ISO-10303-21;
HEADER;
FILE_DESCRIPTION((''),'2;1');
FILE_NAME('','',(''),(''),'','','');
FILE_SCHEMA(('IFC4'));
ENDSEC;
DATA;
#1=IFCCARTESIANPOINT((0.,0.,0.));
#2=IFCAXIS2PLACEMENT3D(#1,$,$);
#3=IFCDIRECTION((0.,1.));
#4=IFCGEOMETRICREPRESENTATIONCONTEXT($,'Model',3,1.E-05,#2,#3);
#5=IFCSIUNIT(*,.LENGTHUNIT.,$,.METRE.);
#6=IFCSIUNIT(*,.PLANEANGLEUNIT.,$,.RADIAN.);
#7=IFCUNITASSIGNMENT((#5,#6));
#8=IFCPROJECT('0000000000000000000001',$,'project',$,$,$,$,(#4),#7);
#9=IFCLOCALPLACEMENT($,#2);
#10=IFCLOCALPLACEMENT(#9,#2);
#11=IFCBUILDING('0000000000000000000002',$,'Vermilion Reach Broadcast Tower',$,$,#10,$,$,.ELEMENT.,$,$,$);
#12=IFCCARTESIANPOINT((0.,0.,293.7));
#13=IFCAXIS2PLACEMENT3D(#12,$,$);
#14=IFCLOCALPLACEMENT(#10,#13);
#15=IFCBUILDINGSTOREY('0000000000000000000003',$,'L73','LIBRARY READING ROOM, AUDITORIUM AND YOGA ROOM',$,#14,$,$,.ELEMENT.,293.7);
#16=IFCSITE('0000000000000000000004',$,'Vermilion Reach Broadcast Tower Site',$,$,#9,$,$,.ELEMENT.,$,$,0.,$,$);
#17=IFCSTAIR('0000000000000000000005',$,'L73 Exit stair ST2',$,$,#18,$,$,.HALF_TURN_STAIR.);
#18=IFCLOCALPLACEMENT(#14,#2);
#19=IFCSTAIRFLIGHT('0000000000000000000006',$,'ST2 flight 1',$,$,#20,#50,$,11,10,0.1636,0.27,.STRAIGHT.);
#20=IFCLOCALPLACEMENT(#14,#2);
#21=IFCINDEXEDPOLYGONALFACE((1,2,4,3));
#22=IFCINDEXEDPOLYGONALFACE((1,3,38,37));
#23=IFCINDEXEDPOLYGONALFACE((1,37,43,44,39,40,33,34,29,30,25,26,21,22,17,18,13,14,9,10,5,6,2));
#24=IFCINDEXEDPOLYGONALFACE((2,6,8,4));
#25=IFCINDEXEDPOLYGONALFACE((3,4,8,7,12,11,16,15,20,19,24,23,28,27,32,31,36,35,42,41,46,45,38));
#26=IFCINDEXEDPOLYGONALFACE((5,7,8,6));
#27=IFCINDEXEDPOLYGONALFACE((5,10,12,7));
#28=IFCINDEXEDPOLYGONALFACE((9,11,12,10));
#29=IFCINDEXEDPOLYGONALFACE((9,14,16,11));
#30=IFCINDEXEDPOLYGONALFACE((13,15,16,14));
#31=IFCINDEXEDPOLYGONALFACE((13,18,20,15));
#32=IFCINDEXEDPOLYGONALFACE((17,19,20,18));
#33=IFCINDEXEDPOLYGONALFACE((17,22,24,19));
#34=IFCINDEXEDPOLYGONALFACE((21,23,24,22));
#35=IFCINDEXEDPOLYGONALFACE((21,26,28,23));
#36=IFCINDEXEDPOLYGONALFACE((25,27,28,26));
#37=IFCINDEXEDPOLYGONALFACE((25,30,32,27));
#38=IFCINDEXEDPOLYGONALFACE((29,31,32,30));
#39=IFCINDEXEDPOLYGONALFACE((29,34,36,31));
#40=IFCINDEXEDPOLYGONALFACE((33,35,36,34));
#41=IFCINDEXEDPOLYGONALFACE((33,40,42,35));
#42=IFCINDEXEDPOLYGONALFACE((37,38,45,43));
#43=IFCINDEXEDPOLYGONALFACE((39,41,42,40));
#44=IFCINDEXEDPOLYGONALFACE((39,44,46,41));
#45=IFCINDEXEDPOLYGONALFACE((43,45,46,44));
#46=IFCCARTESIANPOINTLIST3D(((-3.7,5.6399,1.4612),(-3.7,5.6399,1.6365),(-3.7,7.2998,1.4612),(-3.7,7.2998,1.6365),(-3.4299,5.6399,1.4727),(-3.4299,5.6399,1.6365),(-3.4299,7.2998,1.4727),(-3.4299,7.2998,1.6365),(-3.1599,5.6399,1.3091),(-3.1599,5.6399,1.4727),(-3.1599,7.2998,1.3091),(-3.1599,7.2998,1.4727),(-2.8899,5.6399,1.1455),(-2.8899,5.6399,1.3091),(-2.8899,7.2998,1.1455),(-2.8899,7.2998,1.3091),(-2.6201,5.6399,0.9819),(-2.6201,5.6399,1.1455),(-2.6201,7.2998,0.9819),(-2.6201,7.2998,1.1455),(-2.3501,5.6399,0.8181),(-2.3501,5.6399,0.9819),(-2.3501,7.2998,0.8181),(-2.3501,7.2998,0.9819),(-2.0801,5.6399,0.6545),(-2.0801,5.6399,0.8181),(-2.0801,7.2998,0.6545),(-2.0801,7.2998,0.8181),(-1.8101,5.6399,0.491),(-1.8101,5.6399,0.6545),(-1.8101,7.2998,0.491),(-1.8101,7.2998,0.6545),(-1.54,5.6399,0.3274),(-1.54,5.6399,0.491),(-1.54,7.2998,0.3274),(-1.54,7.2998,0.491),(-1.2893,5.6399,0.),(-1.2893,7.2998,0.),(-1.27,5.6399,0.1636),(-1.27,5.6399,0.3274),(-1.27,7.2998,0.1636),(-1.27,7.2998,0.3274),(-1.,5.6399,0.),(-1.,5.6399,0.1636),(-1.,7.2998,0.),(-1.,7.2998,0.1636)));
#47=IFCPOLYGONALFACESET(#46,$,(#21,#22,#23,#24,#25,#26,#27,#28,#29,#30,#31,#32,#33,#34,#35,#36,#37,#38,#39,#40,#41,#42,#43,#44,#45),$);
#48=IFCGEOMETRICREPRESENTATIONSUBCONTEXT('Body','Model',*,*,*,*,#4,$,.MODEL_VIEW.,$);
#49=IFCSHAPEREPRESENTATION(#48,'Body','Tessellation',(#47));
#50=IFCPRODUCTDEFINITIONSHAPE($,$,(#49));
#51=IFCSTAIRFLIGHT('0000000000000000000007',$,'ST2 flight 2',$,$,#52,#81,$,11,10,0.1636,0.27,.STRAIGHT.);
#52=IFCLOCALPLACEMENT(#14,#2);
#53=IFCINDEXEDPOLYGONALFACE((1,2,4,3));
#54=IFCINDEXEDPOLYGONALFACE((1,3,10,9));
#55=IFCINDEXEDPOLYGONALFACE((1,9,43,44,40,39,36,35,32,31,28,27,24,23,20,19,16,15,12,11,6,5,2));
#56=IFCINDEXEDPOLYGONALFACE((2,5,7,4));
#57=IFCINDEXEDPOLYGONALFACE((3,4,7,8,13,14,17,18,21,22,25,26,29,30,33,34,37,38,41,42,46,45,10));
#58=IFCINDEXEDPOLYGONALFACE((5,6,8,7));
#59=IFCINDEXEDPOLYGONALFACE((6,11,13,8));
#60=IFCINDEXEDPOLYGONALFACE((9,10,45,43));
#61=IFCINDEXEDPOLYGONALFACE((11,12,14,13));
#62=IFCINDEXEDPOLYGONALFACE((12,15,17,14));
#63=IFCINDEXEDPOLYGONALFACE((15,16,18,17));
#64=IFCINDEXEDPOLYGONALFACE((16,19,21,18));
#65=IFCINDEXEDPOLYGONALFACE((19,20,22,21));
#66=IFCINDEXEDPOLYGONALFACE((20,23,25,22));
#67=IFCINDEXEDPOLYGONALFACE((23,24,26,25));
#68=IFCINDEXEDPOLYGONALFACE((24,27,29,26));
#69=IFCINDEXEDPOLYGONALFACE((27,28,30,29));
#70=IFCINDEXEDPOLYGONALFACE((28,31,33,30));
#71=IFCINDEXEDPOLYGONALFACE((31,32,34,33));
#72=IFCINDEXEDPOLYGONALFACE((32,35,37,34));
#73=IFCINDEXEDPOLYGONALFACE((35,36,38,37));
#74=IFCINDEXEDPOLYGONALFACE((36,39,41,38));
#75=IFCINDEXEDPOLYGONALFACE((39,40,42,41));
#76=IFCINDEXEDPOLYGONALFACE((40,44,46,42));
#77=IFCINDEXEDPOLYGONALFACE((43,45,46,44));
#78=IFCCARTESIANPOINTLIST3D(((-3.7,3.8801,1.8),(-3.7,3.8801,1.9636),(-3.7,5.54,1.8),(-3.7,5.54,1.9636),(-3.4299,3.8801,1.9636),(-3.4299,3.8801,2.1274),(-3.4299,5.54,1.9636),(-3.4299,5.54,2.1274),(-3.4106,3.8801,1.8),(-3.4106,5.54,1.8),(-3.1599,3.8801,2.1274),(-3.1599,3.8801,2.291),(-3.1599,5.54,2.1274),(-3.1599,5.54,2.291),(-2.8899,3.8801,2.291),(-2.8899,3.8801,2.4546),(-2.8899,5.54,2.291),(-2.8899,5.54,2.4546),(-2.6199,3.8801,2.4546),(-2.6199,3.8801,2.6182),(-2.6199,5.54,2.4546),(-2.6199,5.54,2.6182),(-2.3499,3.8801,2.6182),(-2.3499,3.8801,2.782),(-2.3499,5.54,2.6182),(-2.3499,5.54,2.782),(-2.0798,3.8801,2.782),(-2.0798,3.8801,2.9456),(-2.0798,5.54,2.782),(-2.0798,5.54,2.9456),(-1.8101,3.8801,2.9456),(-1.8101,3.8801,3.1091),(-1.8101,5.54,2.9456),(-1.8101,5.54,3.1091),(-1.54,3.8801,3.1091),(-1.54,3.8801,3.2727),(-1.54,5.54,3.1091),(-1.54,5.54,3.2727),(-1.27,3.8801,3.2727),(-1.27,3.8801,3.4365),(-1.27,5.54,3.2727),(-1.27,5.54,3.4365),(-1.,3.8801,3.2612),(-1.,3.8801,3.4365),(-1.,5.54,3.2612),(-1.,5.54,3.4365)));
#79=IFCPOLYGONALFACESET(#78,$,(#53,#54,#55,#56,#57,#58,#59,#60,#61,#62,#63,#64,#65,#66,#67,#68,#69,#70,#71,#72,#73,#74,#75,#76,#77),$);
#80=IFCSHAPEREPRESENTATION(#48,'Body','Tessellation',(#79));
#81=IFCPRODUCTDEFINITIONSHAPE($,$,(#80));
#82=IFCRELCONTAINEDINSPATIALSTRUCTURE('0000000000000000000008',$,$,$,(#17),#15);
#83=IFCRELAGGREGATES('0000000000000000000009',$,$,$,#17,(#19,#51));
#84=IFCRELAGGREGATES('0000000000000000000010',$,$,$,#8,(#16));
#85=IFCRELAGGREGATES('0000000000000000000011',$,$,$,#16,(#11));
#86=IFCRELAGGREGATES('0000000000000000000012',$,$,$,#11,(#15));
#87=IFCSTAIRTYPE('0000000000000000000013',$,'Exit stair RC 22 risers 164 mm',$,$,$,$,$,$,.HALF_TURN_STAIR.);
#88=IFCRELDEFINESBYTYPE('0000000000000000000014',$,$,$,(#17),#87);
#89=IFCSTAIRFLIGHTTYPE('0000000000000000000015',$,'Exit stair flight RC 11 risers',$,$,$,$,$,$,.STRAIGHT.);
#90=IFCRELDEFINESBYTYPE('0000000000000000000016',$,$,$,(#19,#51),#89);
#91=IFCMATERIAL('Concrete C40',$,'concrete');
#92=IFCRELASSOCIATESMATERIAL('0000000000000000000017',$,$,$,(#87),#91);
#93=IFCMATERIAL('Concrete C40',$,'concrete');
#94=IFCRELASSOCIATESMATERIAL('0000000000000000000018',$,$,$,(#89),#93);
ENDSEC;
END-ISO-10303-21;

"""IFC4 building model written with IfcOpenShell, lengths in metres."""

from ifc_helpers import new_model, si_unit, direction, frame, origin, place, context, subcontext, project, spatial, polyline, outline, extrude, material, type_object, element, aggregate, save


model = new_model("IFC4")

# Units and contexts
model_context = context("Model", 3, precision=1e-05, world=origin(), true_north=direction((0.0, 1.0)))
body_context = subcontext(model_context, "Body", "Model", "MODEL_VIEW")
ifc_project = project(units=[si_unit("LENGTHUNIT", "METRE"), si_unit("PLANEANGLEUNIT", "RADIAN")], contexts=[model_context])

# Site, building, storey
site_placement = place(None, origin())
site = spatial("IfcSite", under=ifc_project, at=site_placement, Name="Vermilion Reach Broadcast Tower Site", CompositionType="ELEMENT", RefElevation=0.0)
building_placement = place(site_placement, origin())
building = spatial("IfcBuilding", under=site, at=building_placement, Name="Vermilion Reach Broadcast Tower", CompositionType="ELEMENT")
storey_placement = place(building_placement, frame((0.0, 0.0, 293.7)))
storey = spatial("IfcBuildingStorey", under=building, at=storey_placement, Name="L73", Description="LIBRARY READING ROOM, AUDITORIUM AND YOGA ROOM", CompositionType="ELEMENT", Elevation=293.7)

# Stair
ifc_material_1 = material(Name="Concrete C40", Category="concrete")
stair_type = type_object("IfcStairType", Name="Exit stair RC 22 risers 164 mm", PredefinedType="HALF_TURN_STAIR", material=ifc_material_1)
placement_1 = place(storey_placement, origin())
stair_1 = element("IfcStair", 1, at=placement_1, inside=storey, type_object=stair_type, Name="L73 Exit stair ST2", PredefinedType="HALF_TURN_STAIR")

# Stair flights
ifc_material_2 = material(Name="Concrete C40", Category="concrete")
stair_flight_type = type_object("IfcStairFlightType", Name="Exit stair flight RC 11 risers", PredefinedType="STRAIGHT", material=ifc_material_2)
stair_flight_1_placement = place(storey_placement, frame((-1.0, 6.47, 0.0), z_axis=(0.0, 0.0, 1.0), x_axis=(-1.0, 0.0, 0.0)))
stair_flight_1 = element("IfcStairFlight", 2, at=stair_flight_1_placement, type_object=stair_flight_type, Name="ST2 flight 1", NumberOfRisers=11, NumberOfTreads=10, PredefinedType="STRAIGHT", RiserHeight=0.1636, TreadLength=0.27, context=body_context, shape_type="SweptSolid", body=[
    extrude(outline(polyline([(0.0, 0.0), (0.0, 0.1636), (0.27, 0.1636), (0.27, 0.3274), (0.54, 0.3274), (0.54, 0.491), (0.8101, 0.491), (0.8101, 0.6545), (1.0801, 0.6545), (1.0801, 0.8181), (1.3501, 0.8181), (1.3501, 0.9819), (1.6201, 0.9819), (1.6201, 1.1455), (1.8899, 1.1455), (1.8899, 1.3091), (2.1599, 1.3091), (2.1599, 1.4727), (2.4299, 1.4727), (2.4299, 1.6365), (2.7, 1.6365), (2.7, 1.8), (2.7, 1.4612), (0.2893, 0.0), (0.0, 0.0)])), frame((0.0, 0.8301, 0.0), z_axis=(0.0, -1.0, 0.0), x_axis=(1.0, 0.0, 0.0)), (0.0, 0.0, 1.0), 1.6599),
])
stair_flight_2_placement = place(storey_placement, frame((-3.7, 4.71, 1.8), z_axis=(0.0, 0.0, 1.0), x_axis=(1.0, 0.0, 0.0)))
stair_flight_2 = element("IfcStairFlight", 3, at=stair_flight_2_placement, type_object=stair_flight_type, Name="ST2 flight 2", NumberOfRisers=11, NumberOfTreads=10, PredefinedType="STRAIGHT", RiserHeight=0.1636, TreadLength=0.27, context=body_context, shape_type="SweptSolid", body=[
    extrude(outline(polyline([(0.0, 0.0), (0.0, 0.1636), (0.27, 0.1636), (0.27, 0.3274), (0.54, 0.3274), (0.54, 0.491), (0.8101, 0.491), (0.8101, 0.6545), (1.0801, 0.6545), (1.0801, 0.8181), (1.3501, 0.8181), (1.3501, 0.9819), (1.6201, 0.9819), (1.6201, 1.1455), (1.8899, 1.1455), (1.8899, 1.3091), (2.1599, 1.3091), (2.1599, 1.4727), (2.4299, 1.4727), (2.4299, 1.6365), (2.7, 1.6365), (2.7, 1.8), (2.7, 1.4612), (0.2893, 0.0), (0.0, 0.0)])), frame((0.0, 0.8301, 0.0), z_axis=(0.0, -1.0, 0.0), x_axis=(1.0, 0.0, 0.0)), (0.0, 0.0, 1.0), 1.6599),
])
aggregate(stair_1, [stair_flight_1, stair_flight_2])

save(model, "model.ifc")
